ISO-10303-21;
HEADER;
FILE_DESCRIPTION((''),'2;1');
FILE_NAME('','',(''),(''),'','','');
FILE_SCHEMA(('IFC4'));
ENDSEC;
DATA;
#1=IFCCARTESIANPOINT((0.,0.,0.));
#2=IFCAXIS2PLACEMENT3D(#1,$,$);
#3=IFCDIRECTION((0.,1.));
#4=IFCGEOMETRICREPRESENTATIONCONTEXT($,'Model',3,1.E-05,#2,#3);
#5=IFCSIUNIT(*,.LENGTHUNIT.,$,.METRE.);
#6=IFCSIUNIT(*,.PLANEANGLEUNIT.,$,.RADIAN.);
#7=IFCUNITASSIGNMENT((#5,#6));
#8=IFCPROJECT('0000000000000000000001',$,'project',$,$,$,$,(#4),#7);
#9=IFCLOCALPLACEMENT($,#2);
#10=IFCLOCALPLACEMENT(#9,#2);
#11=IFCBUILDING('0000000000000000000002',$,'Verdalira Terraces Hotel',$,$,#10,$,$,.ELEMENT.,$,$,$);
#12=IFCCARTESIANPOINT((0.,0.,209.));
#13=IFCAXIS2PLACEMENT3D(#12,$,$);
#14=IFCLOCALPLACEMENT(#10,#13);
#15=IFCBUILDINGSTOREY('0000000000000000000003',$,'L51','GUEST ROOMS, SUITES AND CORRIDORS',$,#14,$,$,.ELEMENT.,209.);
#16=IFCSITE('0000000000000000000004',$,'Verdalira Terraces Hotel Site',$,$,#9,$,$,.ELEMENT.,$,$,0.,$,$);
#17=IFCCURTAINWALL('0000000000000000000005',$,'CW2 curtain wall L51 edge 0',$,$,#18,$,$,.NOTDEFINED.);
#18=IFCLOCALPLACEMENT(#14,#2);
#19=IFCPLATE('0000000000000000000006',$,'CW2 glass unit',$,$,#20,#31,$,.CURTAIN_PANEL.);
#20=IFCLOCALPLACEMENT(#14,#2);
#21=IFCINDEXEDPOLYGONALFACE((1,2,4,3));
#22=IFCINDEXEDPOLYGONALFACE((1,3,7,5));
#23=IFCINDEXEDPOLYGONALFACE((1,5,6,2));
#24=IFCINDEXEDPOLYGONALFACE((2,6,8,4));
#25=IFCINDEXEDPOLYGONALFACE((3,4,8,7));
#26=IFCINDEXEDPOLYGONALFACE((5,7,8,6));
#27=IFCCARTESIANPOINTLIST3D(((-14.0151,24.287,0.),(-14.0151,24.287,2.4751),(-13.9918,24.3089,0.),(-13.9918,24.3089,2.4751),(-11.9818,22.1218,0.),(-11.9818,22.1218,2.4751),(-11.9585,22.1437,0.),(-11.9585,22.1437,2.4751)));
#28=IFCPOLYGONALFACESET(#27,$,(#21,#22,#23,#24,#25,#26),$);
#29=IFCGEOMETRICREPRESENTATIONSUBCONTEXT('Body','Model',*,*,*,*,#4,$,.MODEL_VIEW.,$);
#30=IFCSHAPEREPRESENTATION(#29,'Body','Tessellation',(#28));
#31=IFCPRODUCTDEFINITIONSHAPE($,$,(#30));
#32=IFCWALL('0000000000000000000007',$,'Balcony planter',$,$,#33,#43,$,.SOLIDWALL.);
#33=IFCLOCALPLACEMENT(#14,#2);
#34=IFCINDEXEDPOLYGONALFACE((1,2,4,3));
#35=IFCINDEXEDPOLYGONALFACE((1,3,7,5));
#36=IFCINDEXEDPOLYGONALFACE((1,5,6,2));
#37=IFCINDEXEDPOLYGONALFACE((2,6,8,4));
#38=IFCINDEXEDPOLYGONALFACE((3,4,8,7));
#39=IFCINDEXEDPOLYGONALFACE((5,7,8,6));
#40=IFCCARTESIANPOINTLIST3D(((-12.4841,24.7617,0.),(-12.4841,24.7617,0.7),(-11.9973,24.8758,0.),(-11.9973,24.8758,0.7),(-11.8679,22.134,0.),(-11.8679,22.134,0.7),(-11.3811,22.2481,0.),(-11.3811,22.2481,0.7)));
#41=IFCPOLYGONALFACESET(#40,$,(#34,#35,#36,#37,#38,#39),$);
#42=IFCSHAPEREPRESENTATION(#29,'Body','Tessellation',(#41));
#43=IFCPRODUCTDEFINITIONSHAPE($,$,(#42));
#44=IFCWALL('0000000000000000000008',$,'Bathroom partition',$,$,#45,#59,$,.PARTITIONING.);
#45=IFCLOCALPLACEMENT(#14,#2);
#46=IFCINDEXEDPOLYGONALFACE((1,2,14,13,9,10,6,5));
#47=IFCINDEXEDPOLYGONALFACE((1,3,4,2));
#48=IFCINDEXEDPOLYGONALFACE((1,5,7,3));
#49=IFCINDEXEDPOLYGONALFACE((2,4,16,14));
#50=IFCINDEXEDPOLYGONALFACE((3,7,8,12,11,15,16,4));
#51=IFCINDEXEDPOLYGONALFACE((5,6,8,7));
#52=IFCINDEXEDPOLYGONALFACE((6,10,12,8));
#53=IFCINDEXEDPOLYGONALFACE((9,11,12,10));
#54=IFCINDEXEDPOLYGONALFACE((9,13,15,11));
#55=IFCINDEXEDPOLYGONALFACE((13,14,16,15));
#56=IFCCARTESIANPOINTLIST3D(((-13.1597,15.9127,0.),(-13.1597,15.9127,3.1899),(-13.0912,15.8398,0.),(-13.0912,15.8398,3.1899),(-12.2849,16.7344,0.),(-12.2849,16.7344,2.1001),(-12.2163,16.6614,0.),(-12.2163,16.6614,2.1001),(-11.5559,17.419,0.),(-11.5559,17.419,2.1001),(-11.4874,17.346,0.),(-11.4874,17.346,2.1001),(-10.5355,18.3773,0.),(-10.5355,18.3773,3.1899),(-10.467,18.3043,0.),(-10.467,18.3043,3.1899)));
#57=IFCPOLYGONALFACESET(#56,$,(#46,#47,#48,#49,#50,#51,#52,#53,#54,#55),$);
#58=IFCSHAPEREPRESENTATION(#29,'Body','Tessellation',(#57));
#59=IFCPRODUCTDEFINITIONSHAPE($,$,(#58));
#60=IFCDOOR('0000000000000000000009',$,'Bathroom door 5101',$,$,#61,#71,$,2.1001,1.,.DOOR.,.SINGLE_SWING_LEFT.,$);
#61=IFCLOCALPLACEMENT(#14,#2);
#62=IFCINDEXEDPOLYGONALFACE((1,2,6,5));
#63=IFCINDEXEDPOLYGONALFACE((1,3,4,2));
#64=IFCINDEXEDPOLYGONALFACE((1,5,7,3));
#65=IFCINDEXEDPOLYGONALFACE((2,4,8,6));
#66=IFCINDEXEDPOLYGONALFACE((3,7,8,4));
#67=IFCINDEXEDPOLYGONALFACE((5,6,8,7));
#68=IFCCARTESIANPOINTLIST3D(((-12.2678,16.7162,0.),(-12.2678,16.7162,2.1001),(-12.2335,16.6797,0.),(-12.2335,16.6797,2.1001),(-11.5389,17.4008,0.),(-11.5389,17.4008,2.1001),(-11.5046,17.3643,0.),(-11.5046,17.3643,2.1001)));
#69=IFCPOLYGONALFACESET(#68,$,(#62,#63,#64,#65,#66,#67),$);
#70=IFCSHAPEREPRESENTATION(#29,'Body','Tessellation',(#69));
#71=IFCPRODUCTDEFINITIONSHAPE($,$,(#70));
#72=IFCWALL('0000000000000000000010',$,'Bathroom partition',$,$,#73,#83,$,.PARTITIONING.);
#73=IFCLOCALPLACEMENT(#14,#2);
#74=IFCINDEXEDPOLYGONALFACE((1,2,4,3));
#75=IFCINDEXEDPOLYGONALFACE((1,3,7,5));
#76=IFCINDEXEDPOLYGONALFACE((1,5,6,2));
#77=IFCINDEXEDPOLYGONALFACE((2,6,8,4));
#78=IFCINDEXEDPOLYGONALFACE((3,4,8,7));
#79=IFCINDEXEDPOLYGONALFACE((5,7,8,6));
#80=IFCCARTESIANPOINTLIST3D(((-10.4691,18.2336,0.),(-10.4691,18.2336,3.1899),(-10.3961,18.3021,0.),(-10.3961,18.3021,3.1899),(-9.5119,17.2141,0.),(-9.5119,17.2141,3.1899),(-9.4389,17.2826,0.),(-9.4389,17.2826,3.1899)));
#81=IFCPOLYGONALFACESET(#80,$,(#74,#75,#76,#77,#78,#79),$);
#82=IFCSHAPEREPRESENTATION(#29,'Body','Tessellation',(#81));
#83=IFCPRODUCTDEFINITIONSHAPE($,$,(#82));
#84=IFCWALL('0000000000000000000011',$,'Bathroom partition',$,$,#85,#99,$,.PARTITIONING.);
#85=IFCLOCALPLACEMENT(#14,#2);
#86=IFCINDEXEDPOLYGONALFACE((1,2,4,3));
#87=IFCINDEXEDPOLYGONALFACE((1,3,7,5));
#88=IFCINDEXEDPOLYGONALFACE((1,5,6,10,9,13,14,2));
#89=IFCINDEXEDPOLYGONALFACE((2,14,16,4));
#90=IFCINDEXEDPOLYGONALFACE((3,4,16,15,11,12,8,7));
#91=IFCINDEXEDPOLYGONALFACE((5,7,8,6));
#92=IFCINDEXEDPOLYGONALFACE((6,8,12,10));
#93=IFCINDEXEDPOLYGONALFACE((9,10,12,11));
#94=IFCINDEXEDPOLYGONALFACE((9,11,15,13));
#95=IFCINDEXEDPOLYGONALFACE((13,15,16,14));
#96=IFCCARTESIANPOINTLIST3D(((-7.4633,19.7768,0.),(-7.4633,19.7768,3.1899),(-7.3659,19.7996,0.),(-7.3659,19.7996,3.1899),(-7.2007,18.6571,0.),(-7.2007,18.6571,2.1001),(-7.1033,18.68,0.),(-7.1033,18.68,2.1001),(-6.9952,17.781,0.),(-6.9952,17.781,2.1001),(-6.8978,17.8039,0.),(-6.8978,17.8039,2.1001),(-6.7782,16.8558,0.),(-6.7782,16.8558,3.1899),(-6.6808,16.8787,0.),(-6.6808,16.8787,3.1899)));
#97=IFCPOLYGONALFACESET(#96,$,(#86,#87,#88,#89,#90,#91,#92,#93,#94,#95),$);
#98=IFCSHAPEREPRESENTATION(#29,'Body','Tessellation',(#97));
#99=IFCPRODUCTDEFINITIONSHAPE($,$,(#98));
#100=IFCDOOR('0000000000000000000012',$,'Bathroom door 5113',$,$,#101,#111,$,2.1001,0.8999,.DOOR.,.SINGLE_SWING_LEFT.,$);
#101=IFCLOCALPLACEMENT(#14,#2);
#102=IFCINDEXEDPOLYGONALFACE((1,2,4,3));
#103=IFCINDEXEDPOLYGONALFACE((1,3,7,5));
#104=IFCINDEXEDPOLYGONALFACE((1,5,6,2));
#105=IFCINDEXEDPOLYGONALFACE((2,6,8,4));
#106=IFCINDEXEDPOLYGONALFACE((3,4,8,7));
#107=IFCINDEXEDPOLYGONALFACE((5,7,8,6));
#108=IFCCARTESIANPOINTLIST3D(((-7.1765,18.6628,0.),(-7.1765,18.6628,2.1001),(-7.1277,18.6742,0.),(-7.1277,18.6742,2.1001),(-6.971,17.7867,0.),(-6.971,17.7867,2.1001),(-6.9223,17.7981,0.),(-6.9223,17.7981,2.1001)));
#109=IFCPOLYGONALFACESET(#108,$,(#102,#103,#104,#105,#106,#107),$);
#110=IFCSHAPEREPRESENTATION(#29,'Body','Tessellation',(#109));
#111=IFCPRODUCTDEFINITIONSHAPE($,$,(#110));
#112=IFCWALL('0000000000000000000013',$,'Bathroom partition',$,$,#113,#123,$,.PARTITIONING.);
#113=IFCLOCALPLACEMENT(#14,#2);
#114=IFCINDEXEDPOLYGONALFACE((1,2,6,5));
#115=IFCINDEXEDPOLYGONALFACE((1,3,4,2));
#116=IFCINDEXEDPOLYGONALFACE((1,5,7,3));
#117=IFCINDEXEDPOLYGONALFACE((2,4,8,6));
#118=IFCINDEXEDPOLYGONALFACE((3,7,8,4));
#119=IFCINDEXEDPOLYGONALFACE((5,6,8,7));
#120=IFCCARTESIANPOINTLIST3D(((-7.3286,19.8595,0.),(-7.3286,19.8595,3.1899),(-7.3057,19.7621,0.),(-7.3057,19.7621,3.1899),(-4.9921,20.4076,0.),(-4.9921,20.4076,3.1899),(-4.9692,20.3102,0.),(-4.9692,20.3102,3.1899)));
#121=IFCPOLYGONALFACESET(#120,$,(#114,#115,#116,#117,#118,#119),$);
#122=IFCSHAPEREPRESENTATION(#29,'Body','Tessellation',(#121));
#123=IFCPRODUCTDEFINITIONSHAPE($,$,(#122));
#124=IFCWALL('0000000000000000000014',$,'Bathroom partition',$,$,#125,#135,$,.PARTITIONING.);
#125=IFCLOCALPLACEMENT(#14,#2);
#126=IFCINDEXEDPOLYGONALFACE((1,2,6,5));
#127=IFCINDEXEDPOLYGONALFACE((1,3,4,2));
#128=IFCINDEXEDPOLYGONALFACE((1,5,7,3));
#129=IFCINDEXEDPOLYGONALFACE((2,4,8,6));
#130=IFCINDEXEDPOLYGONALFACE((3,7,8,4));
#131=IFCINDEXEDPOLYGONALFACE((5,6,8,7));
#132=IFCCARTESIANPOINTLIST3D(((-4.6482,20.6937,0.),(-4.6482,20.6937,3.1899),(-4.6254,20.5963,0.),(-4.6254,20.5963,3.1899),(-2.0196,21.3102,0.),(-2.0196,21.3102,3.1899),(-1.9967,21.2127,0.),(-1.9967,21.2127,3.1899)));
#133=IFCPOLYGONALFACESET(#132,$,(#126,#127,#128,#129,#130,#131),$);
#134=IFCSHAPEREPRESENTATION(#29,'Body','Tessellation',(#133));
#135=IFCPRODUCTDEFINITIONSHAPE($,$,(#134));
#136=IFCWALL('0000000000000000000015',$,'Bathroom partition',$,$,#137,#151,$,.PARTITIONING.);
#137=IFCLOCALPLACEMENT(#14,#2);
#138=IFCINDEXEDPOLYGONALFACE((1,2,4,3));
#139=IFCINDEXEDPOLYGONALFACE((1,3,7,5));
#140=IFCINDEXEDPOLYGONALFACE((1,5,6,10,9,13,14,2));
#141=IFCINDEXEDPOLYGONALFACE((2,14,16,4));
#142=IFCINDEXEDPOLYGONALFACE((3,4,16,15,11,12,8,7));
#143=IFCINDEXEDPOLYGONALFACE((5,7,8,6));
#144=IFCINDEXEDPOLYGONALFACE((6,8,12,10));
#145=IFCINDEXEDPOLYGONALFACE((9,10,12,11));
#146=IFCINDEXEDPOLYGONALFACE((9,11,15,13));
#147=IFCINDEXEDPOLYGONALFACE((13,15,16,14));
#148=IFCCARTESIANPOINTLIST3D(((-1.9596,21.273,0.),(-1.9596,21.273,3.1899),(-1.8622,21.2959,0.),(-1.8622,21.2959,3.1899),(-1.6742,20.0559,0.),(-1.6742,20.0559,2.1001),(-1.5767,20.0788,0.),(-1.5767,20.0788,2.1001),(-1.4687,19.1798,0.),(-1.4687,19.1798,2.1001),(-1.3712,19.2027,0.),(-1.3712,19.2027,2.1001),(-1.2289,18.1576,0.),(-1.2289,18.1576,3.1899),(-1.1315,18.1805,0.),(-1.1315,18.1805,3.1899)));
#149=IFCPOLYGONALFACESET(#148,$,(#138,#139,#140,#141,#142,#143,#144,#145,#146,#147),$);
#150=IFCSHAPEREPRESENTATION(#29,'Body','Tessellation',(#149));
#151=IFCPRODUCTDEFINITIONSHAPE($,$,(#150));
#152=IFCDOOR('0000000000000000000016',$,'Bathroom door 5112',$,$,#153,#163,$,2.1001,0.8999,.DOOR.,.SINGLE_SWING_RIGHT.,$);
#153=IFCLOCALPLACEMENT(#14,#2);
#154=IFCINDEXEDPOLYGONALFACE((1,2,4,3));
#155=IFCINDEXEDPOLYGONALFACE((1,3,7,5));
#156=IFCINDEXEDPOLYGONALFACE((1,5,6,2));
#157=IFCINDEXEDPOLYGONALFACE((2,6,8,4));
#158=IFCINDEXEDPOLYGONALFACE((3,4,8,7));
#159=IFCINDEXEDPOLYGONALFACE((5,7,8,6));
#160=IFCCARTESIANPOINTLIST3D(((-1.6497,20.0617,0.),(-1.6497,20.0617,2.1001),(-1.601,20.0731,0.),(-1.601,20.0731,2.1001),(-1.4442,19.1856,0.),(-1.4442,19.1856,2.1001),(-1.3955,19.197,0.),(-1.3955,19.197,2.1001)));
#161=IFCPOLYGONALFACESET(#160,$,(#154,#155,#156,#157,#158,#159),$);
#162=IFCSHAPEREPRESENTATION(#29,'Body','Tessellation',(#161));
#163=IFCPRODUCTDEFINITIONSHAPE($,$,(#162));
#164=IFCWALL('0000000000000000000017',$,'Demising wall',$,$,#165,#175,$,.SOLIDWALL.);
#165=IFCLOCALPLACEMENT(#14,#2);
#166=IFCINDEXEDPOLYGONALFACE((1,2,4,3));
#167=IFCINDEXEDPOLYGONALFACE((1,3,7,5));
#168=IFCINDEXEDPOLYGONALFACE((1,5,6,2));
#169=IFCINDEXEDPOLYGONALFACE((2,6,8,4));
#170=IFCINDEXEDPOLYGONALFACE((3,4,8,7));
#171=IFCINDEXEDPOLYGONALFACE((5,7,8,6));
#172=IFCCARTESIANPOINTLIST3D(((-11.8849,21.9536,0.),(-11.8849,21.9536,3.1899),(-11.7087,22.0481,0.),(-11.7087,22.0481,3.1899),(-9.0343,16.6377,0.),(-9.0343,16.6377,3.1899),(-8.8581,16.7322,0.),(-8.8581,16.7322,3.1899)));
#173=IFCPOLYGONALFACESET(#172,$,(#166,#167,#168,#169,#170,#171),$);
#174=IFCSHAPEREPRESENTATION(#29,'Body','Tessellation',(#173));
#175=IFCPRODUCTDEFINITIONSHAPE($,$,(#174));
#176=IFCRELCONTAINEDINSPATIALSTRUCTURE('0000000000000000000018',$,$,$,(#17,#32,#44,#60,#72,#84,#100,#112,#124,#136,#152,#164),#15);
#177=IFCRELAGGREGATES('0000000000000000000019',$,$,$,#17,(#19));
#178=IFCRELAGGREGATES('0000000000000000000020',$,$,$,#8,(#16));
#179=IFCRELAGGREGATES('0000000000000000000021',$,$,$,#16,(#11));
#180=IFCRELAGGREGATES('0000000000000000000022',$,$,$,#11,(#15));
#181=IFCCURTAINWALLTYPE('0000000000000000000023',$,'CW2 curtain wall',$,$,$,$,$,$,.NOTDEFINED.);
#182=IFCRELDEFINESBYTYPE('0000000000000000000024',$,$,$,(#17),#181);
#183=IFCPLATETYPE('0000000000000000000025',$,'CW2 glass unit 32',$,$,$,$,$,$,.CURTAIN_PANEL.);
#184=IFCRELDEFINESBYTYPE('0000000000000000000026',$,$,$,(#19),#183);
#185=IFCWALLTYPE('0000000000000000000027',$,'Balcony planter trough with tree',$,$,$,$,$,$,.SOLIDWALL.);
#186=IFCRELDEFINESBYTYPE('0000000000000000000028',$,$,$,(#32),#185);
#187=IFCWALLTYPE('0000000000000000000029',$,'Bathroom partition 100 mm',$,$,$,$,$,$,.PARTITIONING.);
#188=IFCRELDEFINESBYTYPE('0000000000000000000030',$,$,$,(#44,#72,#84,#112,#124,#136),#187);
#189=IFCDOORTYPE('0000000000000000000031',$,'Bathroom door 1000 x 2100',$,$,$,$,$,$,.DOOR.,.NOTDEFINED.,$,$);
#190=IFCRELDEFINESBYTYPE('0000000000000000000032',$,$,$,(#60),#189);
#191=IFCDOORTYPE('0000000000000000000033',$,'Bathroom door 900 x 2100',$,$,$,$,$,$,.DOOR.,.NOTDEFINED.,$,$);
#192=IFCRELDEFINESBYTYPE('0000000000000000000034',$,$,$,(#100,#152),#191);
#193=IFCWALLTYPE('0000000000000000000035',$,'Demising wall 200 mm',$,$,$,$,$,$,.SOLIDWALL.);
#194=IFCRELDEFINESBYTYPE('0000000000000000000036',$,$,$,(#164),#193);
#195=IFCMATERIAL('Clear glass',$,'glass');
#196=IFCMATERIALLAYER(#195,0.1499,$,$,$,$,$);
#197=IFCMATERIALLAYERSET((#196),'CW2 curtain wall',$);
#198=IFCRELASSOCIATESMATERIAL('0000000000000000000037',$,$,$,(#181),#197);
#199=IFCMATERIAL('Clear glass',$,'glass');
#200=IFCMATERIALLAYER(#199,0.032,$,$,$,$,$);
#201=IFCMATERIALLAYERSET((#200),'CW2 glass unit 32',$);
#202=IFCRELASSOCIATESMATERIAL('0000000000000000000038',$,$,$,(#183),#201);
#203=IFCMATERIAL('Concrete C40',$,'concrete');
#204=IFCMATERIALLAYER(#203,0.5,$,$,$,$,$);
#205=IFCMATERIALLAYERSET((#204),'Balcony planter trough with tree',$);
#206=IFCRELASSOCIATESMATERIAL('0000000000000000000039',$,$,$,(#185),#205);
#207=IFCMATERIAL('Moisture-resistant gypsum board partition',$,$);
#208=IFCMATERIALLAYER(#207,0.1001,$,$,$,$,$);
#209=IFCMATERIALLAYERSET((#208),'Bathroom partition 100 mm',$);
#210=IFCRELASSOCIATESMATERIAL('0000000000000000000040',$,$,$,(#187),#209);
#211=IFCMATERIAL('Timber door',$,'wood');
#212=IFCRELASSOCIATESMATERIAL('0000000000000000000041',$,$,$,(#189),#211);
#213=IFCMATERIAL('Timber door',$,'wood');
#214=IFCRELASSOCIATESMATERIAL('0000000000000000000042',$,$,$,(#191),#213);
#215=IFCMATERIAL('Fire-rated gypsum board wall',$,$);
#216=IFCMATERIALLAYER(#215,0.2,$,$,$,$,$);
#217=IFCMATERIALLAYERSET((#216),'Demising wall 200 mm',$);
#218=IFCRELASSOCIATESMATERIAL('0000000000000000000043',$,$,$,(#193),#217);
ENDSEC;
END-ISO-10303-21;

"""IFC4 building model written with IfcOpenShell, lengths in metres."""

from ifc_helpers import new_model, si_unit, direction, frame, frame_2d, origin, origin_2d, place, context, subcontext, project, spatial, rectangle, extrude, material, layer, layer_set, type_object, element, fill, aggregate, save


model = new_model("IFC4")

# Units and contexts
model_context = context("Model", 3, precision=1e-05, world=origin(), true_north=direction((0.0, 1.0)))
body_context = subcontext(model_context, "Body", "Model", "MODEL_VIEW")
ifc_project = project(units=[si_unit("LENGTHUNIT", "METRE"), si_unit("PLANEANGLEUNIT", "RADIAN")], contexts=[model_context])

# Site, building, storey
site_placement = place(None, origin())
site = spatial("IfcSite", under=ifc_project, at=site_placement, Name="Verdalira Terraces Hotel Site", CompositionType="ELEMENT", RefElevation=0.0)
building_placement = place(site_placement, origin())
building = spatial("IfcBuilding", under=site, at=building_placement, Name="Verdalira Terraces Hotel", CompositionType="ELEMENT")
storey_placement = place(building_placement, frame((0.0, 0.0, 209.0)))
storey = spatial("IfcBuildingStorey", under=building, at=storey_placement, Name="L51", Description="GUEST ROOMS, SUITES AND CORRIDORS", CompositionType="ELEMENT", Elevation=209.0)

# Curtain wall
ifc_material_1 = material(Name="Clear glass", Category="glass")
ifc_layer_1 = layer(ifc_material_1, 0.1499)
ifc_layer_set_1 = layer_set([ifc_layer_1], Name="CW2 curtain wall")
curtain_wall_type_1 = type_object("IfcCurtainWallType", Name="CW2 curtain wall", PredefinedType="NOTDEFINED", material=ifc_layer_set_1)
curtain_wall_1_placement = place(storey_placement, origin())
curtain_wall_1 = element("IfcCurtainWall", 1, at=curtain_wall_1_placement, inside=storey, type_object=curtain_wall_type_1, Name="CW2 curtain wall L51 edge 0", PredefinedType="NOTDEFINED")

# Plate
ifc_material_2 = material(Name="Clear glass", Category="glass")
ifc_layer_2 = layer(ifc_material_2, 0.032)
ifc_layer_set_2 = layer_set([ifc_layer_2], Name="CW2 glass unit 32")
plate_type_1 = type_object("IfcPlateType", Name="CW2 glass unit 32", PredefinedType="CURTAIN_PANEL", material=ifc_layer_set_2)
plate_1_placement = place(storey_placement, frame((-12.9868, 23.2153, 0.0), z_axis=(0.0, 0.0, 1.0), x_axis=(-0.684547, 0.728969, 0.0)))
plate_1 = element("IfcPlate", 2, at=plate_1_placement, type_object=plate_type_1, Name="CW2 glass unit", PredefinedType="CURTAIN_PANEL", context=body_context, shape_type="SweptSolid", body=[
    extrude(rectangle(XDim=2.9702, YDim=0.032, at=origin_2d()), origin(), (0.0, 0.0, 1.0), 2.4751),
])
aggregate(curtain_wall_1, [plate_1])

# Wall
ifc_material_3 = material(Name="Concrete C40", Category="concrete")
ifc_layer_3 = layer(ifc_material_3, 0.5)
ifc_layer_set_3 = layer_set([ifc_layer_3], Name="Balcony planter trough with tree")
wall_type_1 = type_object("IfcWallType", Name="Balcony planter trough with tree", PredefinedType="SOLIDWALL", material=ifc_layer_set_3)
wall_1_placement = place(storey_placement, frame((-12.2407, 24.8188, 0.0), z_axis=(0.0, 0.0, 1.0), x_axis=(0.228313, -0.973588, 0.0)))
element("IfcWall", 3, at=wall_1_placement, inside=storey, type_object=wall_type_1, Name="Balcony planter", PredefinedType="SOLIDWALL", context=body_context, shape_type="SweptSolid", body=[
    extrude(rectangle(XDim=2.699, YDim=0.5, at=frame_2d((1.3496, 0.0))), origin(), (0.0, 0.0, 1.0), 0.7),
])

# Wall, opening, door
ifc_material_4 = material(Name="Moisture-resistant gypsum board partition")
ifc_layer_4 = layer(ifc_material_4, 0.1001)
ifc_layer_set_4 = layer_set([ifc_layer_4], Name="Bathroom partition 100 mm")
wall_type_2 = type_object("IfcWallType", Name="Bathroom partition 100 mm", PredefinedType="PARTITIONING", material=ifc_layer_set_4)
wall_2_placement = place(storey_placement, frame((-10.5012, 18.3408, 0.0), z_axis=(0.0, 0.0, 1.0), x_axis=(-0.728934, -0.684584, 0.0)))
wall_2 = element("IfcWall", 4, at=wall_2_placement, inside=storey, type_object=wall_type_2, Name="Bathroom partition", PredefinedType="PARTITIONING", context=body_context, shape_type="SweptSolid", body=[
    extrude(rectangle(XDim=3.6001, YDim=0.1001, at=frame_2d((1.8, 0.0))), origin(), (0.0, 0.0, 1.0), 3.1899),
])
opening_1_placement = place(wall_2_placement, frame((1.3999, 0.0, 0.0)))
opening_1 = element("IfcOpeningElement", 5, at=opening_1_placement, cuts=wall_2, PredefinedType="OPENING", context=body_context, shape_type="SweptSolid", body=[
    extrude(rectangle(XDim=1.0, YDim=2.1001, at=frame_2d((0.5, 1.05))), frame((0.0, 0.0601, 0.0), z_axis=(0.0, -1.0, 0.0), x_axis=(1.0, 0.0, 0.0)), (0.0, 0.0, 1.0), 0.1201),
])
ifc_material_5 = material(Name="Timber door", Category="wood")
door_type_1 = type_object("IfcDoorType", Name="Bathroom door 1000 x 2100", OperationType="NOTDEFINED", PredefinedType="DOOR", material=ifc_material_5)
door_1_placement = place(opening_1_placement, origin())
door_1 = element("IfcDoor", 6, at=door_1_placement, inside=storey, type_object=door_type_1, Name="Bathroom door 5101", OperationType="SINGLE_SWING_LEFT", OverallHeight=2.1001, OverallWidth=1.0, PredefinedType="DOOR", context=body_context, shape_type="SweptSolid", body=[
    extrude(rectangle(XDim=1.0, YDim=2.1001, at=frame_2d((0.5, 1.05))), frame((0.0, 0.0249, 0.0), z_axis=(0.0, -1.0, 0.0), x_axis=(1.0, 0.0, 0.0)), (0.0, 0.0, 1.0), 0.05),
])
fill(opening_1, door_1)

# Wall
wall_3_placement = place(storey_placement, frame((-10.4326, 18.2678, 0.0), z_axis=(0.0, 0.0, 1.0), x_axis=(0.684498, -0.729014, 0.0)))
element("IfcWall", 7, at=wall_3_placement, inside=storey, type_object=wall_type_2, Name="Bathroom partition", PredefinedType="PARTITIONING", context=body_context, shape_type="SweptSolid", body=[
    extrude(rectangle(XDim=1.3984, YDim=0.1001, at=frame_2d((0.6992, 0.0))), origin(), (0.0, 0.0, 1.0), 3.1899),
])

# Wall, opening, door
wall_4_placement = place(storey_placement, frame((-7.4146, 19.7881, 0.0), z_axis=(0.0, 0.0, 1.0), x_axis=(0.228341, -0.973581, 0.0)))
wall_4 = element("IfcWall", 8, at=wall_4_placement, inside=storey, type_object=wall_type_2, Name="Bathroom partition", PredefinedType="PARTITIONING", context=body_context, shape_type="SweptSolid", body=[
    extrude(rectangle(XDim=3.0002, YDim=0.1001, at=frame_2d((1.5, 0.0))), origin(), (0.0, 0.0, 1.0), 3.1899),
])
opening_2_placement = place(wall_4_placement, frame((1.1499, 0.0, 0.0)))
opening_2 = element("IfcOpeningElement", 9, at=opening_2_placement, cuts=wall_4, PredefinedType="OPENING", context=body_context, shape_type="SweptSolid", body=[
    extrude(rectangle(XDim=0.8999, YDim=2.1001, at=frame_2d((0.45, 1.05))), frame((0.0, 0.0601, 0.0), z_axis=(0.0, -1.0, 0.0), x_axis=(1.0, 0.0, 0.0)), (0.0, 0.0, 1.0), 0.1201),
])
ifc_material_6 = material(Name="Timber door", Category="wood")
door_type_2 = type_object("IfcDoorType", Name="Bathroom door 900 x 2100", OperationType="NOTDEFINED", PredefinedType="DOOR", material=ifc_material_6)
door_2_placement = place(opening_2_placement, origin())
door_2 = element("IfcDoor", 10, at=door_2_placement, inside=storey, type_object=door_type_2, Name="Bathroom door 5113", OperationType="SINGLE_SWING_LEFT", OverallHeight=2.1001, OverallWidth=0.8999, PredefinedType="DOOR", context=body_context, shape_type="SweptSolid", body=[
    extrude(rectangle(XDim=0.8999, YDim=2.1001, at=frame_2d((0.45, 1.05))), frame((0.0, 0.0249, 0.0), z_axis=(0.0, -1.0, 0.0), x_axis=(1.0, 0.0, 0.0)), (0.0, 0.0, 1.0), 0.05),
])
fill(opening_2, door_2)

# Walls
wall_5_placement = place(storey_placement, frame((-7.3171, 19.8108, 0.0), z_axis=(0.0, 0.0, 1.0), x_axis=(0.97357, 0.228387, 0.0)))
element("IfcWall", 11, at=wall_5_placement, inside=storey, type_object=wall_type_2, Name="Bathroom partition", PredefinedType="PARTITIONING", context=body_context, shape_type="SweptSolid", body=[
    extrude(rectangle(XDim=2.3999, YDim=0.1001, at=frame_2d((1.2, 0.0))), origin(), (0.0, 0.0, 1.0), 3.1899),
])
wall_6_placement = place(storey_placement, frame((-2.0081, 21.2615, 0.0), z_axis=(0.0, 0.0, 1.0), x_axis=(-0.973586, -0.228319, 0.0)))
element("IfcWall", 12, at=wall_6_placement, inside=storey, type_object=wall_type_2, Name="Bathroom partition", PredefinedType="PARTITIONING", context=body_context, shape_type="SweptSolid", body=[
    extrude(rectangle(XDim=2.7, YDim=0.1001, at=frame_2d((1.3501, 0.0))), origin(), (0.0, 0.0, 1.0), 3.1899),
])

# Wall, opening, door
wall_7_placement = place(storey_placement, frame((-1.1802, 18.1689, 0.0), z_axis=(0.0, 0.0, 1.0), x_axis=(-0.228346, 0.97358, 0.0)))
wall_7 = element("IfcWall", 13, at=wall_7_placement, inside=storey, type_object=wall_type_2, Name="Bathroom partition", PredefinedType="PARTITIONING", context=body_context, shape_type="SweptSolid", body=[
    extrude(rectangle(XDim=3.2, YDim=0.1001, at=frame_2d((1.6001, 0.0))), origin(), (0.0, 0.0, 1.0), 3.1899),
])
opening_3_placement = place(wall_7_placement, frame((1.05, 0.0, 0.0)))
opening_3 = element("IfcOpeningElement", 14, at=opening_3_placement, cuts=wall_7, PredefinedType="OPENING", context=body_context, shape_type="SweptSolid", body=[
    extrude(rectangle(XDim=0.8999, YDim=2.1001, at=frame_2d((0.45, 1.05))), frame((0.0, 0.0601, 0.0), z_axis=(0.0, -1.0, 0.0), x_axis=(1.0, 0.0, 0.0)), (0.0, 0.0, 1.0), 0.1201),
])
door_3_placement = place(opening_3_placement, origin())
door_3 = element("IfcDoor", 15, at=door_3_placement, inside=storey, type_object=door_type_2, Name="Bathroom door 5112", OperationType="SINGLE_SWING_RIGHT", OverallHeight=2.1001, OverallWidth=0.8999, PredefinedType="DOOR", context=body_context, shape_type="SweptSolid", body=[
    extrude(rectangle(XDim=0.8999, YDim=2.1001, at=frame_2d((0.45, 1.05))), frame((0.0, 0.0249, 0.0), z_axis=(0.0, -1.0, 0.0), x_axis=(1.0, 0.0, 0.0)), (0.0, 0.0, 1.0), 0.05),
])
fill(opening_3, door_3)

# Wall
ifc_material_7 = material(Name="Fire-rated gypsum board wall")
ifc_layer_5 = layer(ifc_material_7, 0.2)
ifc_layer_set_5 = layer_set([ifc_layer_5], Name="Demising wall 200 mm")
wall_type_3 = type_object("IfcWallType", Name="Demising wall 200 mm", PredefinedType="SOLIDWALL", material=ifc_layer_set_5)
wall_8_placement = place(storey_placement, frame((-11.7969, 22.001, 0.0), z_axis=(0.0, 0.0, 1.0), x_axis=(0.472579, -0.881289, 0.0)))
element("IfcWall", 16, at=wall_8_placement, inside=storey, type_object=wall_type_3, Name="Demising wall", PredefinedType="SOLIDWALL", context=body_context, shape_type="SweptSolid", body=[
    extrude(rectangle(XDim=6.032, YDim=0.2, at=frame_2d((3.0161, 0.0))), origin(), (0.0, 0.0, 1.0), 3.1899),
])

save(model, "model.ifc")
